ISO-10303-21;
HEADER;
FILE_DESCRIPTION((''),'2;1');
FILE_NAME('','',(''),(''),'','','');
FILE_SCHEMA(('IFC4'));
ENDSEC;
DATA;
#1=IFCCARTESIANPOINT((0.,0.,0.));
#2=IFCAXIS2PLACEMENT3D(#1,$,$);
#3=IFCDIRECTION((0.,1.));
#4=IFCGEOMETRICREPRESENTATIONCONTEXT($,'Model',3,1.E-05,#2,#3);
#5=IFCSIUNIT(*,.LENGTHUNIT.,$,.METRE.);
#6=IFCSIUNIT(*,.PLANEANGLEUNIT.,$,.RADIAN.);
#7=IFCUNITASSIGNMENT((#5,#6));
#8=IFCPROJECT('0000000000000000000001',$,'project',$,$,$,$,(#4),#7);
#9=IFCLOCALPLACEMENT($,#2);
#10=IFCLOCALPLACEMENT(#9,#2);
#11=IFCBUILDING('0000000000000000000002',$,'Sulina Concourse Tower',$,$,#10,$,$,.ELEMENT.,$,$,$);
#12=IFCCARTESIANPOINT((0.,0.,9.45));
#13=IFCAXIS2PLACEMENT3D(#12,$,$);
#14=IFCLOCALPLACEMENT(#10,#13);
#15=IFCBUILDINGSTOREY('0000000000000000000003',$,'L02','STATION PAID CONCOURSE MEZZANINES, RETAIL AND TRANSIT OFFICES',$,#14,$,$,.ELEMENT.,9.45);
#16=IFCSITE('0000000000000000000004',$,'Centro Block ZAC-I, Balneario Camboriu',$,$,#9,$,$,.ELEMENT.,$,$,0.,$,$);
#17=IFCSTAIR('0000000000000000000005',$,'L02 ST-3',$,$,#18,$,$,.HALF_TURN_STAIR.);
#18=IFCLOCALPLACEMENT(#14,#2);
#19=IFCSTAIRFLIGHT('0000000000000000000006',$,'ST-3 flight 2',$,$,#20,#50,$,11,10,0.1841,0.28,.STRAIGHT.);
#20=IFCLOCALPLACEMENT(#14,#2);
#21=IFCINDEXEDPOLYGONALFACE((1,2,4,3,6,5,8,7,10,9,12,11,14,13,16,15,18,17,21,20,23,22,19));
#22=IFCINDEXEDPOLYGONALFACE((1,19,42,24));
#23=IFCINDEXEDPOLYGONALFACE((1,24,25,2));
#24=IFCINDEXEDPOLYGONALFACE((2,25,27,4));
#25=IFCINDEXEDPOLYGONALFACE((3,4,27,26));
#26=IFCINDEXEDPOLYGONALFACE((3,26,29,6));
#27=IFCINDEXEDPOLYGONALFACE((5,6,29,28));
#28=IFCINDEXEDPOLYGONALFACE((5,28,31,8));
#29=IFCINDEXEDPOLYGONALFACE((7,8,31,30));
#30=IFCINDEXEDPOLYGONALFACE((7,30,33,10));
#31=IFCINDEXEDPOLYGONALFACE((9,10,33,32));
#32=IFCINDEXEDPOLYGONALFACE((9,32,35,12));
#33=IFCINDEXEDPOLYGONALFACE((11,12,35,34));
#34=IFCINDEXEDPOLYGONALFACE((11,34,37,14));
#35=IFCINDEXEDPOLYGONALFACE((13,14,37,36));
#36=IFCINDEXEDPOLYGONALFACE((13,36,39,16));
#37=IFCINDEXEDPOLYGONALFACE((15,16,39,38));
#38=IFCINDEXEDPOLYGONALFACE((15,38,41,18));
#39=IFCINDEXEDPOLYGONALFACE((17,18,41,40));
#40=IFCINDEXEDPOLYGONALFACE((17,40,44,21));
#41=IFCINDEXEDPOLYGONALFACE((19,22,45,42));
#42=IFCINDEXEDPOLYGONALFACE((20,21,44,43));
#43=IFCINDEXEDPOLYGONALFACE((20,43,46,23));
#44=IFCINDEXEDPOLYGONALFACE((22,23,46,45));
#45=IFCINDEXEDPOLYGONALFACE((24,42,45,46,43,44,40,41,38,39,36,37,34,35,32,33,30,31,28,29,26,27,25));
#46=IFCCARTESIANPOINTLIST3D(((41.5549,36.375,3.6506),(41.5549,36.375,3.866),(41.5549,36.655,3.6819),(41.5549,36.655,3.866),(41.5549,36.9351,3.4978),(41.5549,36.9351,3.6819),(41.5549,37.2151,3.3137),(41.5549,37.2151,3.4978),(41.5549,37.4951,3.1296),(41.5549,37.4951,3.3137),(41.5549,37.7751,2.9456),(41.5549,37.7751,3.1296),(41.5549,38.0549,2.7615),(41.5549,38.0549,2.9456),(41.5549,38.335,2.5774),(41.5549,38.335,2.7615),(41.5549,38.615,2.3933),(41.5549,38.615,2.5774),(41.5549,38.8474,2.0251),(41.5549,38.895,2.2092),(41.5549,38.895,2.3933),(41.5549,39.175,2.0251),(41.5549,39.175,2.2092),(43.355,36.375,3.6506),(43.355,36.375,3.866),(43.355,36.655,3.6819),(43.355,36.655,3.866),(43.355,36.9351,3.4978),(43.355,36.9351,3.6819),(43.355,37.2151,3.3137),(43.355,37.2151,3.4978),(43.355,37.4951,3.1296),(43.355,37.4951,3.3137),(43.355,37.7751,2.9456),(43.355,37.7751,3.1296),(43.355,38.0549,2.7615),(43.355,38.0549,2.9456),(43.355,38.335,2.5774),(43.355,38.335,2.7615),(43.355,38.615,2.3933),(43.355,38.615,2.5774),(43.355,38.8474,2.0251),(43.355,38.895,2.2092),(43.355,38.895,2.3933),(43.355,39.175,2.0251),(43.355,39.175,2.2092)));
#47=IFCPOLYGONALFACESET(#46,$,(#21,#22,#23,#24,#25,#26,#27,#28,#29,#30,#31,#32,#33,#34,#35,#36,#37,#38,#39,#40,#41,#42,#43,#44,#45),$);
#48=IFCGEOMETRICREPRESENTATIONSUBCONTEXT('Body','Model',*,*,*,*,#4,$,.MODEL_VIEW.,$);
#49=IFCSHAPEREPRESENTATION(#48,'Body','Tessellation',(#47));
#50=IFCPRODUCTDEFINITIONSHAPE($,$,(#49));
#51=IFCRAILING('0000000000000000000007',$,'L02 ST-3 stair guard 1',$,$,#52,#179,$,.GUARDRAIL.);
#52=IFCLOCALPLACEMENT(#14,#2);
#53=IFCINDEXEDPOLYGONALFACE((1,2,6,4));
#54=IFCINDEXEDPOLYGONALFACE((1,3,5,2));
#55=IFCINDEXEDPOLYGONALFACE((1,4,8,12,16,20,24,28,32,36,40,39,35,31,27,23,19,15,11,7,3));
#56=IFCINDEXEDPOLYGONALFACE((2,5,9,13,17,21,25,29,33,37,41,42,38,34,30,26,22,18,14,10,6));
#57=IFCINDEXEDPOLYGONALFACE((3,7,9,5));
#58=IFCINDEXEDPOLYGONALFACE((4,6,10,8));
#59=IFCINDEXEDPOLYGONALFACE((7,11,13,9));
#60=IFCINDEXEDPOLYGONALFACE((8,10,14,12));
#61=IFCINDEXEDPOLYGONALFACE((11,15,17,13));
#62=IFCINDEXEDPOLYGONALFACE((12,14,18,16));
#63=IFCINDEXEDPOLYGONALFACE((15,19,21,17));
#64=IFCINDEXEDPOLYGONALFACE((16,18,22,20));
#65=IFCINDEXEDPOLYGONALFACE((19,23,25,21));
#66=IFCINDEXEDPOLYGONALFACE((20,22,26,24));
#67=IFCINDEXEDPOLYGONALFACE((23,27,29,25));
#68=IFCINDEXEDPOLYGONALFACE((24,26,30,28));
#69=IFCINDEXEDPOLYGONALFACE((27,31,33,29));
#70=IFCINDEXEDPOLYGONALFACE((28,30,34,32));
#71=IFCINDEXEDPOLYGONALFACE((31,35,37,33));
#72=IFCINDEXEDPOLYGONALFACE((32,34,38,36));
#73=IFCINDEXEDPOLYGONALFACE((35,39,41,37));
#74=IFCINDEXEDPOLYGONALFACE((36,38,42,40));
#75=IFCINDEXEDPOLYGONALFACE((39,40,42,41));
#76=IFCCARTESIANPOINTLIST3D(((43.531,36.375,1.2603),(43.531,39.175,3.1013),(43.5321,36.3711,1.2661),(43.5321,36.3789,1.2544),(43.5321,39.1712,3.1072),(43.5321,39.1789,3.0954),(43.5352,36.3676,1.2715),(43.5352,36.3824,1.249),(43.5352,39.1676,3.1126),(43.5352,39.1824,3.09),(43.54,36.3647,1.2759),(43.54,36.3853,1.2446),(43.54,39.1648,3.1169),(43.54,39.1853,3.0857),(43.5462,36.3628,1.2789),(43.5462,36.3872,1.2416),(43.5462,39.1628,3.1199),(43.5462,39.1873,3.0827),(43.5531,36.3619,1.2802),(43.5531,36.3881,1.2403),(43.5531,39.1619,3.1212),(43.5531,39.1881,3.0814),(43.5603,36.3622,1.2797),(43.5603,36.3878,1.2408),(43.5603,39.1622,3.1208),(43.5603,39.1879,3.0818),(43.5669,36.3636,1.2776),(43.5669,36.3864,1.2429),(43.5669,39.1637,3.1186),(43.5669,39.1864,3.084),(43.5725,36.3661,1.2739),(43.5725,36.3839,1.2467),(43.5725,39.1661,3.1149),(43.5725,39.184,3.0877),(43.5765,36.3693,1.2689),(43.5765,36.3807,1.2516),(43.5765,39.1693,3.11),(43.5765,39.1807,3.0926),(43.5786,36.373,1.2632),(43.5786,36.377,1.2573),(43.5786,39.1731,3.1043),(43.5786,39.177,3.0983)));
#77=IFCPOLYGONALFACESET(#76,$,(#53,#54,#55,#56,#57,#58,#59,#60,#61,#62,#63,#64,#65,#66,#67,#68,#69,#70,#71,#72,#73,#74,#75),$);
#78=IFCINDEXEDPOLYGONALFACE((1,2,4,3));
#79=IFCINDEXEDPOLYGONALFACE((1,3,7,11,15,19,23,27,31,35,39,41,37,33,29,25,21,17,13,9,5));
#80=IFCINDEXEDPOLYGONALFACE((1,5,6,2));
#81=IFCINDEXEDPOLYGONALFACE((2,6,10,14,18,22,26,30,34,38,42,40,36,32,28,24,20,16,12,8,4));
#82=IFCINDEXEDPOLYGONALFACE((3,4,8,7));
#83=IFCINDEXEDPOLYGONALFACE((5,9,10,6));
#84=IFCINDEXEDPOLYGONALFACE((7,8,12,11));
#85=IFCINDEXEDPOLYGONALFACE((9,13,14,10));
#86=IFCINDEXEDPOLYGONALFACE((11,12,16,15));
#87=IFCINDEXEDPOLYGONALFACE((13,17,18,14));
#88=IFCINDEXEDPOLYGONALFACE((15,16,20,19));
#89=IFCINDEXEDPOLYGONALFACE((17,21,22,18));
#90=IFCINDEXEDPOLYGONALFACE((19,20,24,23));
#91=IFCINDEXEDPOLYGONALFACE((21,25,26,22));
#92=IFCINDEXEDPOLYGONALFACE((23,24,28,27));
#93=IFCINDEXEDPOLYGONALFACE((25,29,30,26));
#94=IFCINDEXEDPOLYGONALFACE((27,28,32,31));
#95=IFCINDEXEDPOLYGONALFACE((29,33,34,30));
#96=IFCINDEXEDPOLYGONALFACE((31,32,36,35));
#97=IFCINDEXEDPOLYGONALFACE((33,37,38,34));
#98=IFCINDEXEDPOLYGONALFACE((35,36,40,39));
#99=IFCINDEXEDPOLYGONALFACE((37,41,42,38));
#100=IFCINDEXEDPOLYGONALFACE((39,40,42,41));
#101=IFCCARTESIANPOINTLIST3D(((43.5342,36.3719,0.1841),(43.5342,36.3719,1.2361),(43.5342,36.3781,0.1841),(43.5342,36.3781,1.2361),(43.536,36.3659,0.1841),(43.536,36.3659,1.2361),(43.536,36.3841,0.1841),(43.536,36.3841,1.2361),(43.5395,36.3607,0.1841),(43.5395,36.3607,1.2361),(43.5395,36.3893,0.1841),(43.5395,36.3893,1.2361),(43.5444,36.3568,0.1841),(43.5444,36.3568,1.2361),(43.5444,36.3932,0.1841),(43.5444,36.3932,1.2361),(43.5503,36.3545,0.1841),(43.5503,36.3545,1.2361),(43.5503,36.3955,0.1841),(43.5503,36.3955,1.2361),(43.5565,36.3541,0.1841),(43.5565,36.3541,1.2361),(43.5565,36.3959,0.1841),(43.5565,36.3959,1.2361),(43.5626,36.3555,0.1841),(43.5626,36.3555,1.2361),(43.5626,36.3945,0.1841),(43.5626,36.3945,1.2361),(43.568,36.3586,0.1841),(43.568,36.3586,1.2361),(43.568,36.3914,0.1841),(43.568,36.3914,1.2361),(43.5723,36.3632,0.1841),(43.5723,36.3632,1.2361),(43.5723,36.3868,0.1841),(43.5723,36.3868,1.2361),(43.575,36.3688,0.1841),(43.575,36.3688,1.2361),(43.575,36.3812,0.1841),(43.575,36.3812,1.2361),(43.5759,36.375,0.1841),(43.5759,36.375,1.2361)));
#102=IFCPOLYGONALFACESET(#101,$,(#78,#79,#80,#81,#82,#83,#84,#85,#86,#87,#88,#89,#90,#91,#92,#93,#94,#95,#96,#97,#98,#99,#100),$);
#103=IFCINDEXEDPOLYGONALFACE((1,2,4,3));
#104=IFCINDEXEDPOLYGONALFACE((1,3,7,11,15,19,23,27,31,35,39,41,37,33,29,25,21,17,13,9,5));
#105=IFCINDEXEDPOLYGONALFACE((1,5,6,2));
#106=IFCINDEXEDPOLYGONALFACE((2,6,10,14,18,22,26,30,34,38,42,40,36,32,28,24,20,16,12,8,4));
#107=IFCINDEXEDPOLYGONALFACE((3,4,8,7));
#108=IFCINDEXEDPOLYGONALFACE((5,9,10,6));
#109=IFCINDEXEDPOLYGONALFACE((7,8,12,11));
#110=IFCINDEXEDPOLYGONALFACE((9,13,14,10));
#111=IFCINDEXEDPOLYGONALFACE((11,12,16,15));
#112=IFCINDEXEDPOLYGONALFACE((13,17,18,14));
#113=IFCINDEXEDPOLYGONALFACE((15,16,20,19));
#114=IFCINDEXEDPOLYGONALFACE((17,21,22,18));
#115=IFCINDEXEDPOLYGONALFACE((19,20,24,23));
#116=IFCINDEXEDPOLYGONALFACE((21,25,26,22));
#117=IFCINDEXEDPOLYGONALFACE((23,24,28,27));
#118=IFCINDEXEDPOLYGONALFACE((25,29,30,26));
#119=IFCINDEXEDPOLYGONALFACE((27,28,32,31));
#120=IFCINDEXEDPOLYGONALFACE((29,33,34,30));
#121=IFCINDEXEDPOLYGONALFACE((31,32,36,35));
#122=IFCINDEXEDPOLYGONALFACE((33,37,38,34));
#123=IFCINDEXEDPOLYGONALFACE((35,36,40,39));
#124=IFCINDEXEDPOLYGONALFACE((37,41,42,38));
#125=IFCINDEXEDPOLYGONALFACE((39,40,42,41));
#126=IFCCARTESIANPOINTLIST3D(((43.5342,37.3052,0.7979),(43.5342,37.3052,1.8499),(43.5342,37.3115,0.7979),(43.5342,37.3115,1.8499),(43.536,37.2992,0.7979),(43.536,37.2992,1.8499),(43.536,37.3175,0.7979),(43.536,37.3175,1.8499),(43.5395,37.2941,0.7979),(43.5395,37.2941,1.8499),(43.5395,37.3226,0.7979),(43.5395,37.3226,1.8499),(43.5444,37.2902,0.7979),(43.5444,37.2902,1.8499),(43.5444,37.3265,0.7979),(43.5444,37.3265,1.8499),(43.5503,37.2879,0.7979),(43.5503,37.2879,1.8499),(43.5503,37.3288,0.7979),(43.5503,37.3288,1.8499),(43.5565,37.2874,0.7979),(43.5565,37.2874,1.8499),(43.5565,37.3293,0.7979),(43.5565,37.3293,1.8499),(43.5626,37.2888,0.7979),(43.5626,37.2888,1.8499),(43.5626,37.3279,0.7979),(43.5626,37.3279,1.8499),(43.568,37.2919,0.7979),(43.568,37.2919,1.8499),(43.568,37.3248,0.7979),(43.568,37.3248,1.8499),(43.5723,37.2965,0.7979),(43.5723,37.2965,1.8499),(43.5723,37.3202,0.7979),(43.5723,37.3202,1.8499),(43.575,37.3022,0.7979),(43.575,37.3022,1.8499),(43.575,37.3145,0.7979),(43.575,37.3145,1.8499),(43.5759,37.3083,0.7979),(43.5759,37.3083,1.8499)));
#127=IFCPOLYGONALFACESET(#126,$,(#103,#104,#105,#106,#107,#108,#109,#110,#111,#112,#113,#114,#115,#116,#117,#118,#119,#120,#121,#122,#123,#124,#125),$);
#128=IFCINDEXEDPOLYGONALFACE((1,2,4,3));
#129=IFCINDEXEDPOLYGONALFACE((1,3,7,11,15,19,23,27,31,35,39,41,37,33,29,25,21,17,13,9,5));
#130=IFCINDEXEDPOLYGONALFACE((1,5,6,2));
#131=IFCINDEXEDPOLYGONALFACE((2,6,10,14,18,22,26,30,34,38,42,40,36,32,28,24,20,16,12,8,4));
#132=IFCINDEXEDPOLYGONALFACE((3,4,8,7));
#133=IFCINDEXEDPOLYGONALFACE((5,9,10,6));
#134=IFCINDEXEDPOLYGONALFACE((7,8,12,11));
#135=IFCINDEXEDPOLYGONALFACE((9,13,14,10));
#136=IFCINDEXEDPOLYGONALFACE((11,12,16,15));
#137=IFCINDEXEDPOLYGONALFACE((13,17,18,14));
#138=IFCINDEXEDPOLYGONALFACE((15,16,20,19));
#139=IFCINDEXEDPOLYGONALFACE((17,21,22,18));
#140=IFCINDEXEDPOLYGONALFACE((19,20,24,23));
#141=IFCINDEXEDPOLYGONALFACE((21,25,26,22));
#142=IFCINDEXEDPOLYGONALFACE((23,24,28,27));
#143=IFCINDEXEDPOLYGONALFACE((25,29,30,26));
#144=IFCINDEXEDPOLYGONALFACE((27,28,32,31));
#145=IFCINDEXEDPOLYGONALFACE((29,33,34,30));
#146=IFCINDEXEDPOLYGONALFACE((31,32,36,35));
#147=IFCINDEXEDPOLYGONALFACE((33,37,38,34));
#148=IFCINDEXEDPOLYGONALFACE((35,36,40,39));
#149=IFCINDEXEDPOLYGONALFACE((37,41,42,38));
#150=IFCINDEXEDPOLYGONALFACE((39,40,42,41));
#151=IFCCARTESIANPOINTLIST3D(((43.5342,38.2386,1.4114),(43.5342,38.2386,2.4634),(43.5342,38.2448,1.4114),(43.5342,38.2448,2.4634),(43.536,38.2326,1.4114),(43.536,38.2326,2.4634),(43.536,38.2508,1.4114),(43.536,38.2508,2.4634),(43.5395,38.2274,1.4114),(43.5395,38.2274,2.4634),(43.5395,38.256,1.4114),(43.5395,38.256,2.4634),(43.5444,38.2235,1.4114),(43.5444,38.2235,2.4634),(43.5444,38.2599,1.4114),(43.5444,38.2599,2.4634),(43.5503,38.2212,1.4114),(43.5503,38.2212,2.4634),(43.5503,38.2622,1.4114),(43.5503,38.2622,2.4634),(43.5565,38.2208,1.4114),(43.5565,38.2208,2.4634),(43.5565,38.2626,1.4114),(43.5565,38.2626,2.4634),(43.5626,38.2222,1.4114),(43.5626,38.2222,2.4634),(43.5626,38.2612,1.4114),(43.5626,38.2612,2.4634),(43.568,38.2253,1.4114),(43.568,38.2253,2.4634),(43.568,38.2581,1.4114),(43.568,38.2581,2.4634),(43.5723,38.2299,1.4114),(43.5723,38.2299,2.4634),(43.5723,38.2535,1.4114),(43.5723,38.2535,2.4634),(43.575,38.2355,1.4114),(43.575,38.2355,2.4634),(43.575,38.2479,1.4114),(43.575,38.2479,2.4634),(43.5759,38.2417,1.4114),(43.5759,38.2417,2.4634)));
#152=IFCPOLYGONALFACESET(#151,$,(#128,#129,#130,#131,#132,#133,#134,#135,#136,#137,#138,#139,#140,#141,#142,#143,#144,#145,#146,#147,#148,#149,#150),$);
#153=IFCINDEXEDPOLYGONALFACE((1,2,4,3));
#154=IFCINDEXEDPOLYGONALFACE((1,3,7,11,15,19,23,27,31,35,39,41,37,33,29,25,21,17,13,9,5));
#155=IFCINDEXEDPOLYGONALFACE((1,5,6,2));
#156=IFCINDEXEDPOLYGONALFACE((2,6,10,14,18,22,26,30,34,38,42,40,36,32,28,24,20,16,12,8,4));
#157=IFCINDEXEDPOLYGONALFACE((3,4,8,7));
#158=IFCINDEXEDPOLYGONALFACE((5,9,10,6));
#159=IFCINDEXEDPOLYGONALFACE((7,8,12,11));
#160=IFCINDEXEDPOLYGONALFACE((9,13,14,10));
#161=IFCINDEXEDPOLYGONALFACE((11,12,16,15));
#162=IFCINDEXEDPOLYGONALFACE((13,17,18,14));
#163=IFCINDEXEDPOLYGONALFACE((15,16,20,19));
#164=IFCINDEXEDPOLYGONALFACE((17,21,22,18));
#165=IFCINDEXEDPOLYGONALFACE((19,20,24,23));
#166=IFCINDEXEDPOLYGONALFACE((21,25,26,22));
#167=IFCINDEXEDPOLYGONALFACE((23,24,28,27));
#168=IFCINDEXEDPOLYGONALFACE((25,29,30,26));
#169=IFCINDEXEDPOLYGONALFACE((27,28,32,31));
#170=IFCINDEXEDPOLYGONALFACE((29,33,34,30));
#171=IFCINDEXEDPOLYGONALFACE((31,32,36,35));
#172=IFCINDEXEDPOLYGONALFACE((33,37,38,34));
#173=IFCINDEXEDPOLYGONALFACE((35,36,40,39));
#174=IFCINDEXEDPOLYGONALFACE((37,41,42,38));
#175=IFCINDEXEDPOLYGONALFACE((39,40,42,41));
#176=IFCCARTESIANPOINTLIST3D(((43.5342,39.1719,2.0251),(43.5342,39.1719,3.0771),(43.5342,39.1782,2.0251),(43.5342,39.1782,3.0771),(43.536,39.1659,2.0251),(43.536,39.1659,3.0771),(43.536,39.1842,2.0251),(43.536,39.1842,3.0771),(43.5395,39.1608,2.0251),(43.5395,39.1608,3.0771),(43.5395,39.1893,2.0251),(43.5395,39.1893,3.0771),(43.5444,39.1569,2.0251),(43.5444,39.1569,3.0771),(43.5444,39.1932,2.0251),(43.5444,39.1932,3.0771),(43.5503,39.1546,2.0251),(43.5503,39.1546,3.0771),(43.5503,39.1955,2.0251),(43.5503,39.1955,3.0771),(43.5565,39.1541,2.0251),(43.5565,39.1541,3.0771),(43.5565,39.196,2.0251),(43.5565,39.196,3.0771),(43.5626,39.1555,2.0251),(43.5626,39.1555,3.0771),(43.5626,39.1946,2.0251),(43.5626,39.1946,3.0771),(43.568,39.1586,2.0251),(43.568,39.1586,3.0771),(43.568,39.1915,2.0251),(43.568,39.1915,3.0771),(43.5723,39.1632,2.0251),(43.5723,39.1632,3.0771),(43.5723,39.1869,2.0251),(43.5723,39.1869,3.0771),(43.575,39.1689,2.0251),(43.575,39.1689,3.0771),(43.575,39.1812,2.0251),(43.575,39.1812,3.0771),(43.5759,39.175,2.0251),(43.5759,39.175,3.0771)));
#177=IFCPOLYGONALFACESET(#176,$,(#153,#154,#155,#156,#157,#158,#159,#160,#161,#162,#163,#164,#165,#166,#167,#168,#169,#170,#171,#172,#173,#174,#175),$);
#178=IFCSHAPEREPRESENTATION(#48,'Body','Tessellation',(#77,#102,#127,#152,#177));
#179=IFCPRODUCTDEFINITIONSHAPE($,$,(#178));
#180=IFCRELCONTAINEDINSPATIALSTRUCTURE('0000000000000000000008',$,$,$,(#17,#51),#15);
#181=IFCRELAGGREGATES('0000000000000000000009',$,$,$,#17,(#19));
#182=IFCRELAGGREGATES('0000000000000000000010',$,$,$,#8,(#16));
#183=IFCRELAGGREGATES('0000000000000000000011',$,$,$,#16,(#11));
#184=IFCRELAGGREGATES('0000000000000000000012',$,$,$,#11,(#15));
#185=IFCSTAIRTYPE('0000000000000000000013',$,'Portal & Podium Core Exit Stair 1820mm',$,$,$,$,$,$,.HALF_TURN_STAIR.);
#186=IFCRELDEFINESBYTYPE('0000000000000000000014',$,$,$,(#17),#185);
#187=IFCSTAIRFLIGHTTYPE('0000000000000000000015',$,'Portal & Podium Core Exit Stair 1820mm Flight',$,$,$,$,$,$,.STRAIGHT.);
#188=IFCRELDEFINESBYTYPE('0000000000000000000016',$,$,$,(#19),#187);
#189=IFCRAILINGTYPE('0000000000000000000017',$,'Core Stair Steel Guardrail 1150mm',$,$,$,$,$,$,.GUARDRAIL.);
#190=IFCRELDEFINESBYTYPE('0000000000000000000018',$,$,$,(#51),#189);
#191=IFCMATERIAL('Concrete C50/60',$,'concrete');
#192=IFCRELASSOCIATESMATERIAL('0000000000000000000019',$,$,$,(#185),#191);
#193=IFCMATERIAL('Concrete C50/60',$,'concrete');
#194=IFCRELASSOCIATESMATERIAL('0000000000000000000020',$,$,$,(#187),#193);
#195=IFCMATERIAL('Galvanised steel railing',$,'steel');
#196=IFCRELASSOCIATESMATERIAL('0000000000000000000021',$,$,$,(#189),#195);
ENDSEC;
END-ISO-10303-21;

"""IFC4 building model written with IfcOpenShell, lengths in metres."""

from ifc_helpers import new_model, si_unit, direction, frame, origin, origin_2d, place, context, subcontext, project, spatial, polyline, circle, outline, extrude, material, type_object, element, aggregate, save


model = new_model("IFC4")

# Units and contexts
model_context = context("Model", 3, precision=1e-05, world=origin(), true_north=direction((0.0, 1.0)))
body_context = subcontext(model_context, "Body", "Model", "MODEL_VIEW")
ifc_project = project(units=[si_unit("LENGTHUNIT", "METRE"), si_unit("PLANEANGLEUNIT", "RADIAN")], contexts=[model_context])

# Site, building, storey
site_placement = place(None, origin())
site = spatial("IfcSite", under=ifc_project, at=site_placement, Name="Centro Block ZAC-I, Balneario Camboriu", CompositionType="ELEMENT", RefElevation=0.0)
building_placement = place(site_placement, origin())
building = spatial("IfcBuilding", under=site, at=building_placement, Name="Sulina Concourse Tower", CompositionType="ELEMENT")
storey_placement = place(building_placement, frame((0.0, 0.0, 9.45)))
storey = spatial("IfcBuildingStorey", under=building, at=storey_placement, Name="L02", Description="STATION PAID CONCOURSE MEZZANINES, RETAIL AND TRANSIT OFFICES", CompositionType="ELEMENT", Elevation=9.45)

# Stair, stair flight
ifc_material_1 = material(Name="Concrete C50/60", Category="concrete")
stair_type = type_object("IfcStairType", Name="Portal & Podium Core Exit Stair 1820mm", PredefinedType="HALF_TURN_STAIR", material=ifc_material_1)
stair_placement = place(storey_placement, origin())
stair = element("IfcStair", 1, at=stair_placement, inside=storey, type_object=stair_type, Name="L02 ST-3", PredefinedType="HALF_TURN_STAIR")
ifc_material_2 = material(Name="Concrete C50/60", Category="concrete")
stair_flight_type = type_object("IfcStairFlightType", Name="Portal & Podium Core Exit Stair 1820mm Flight", PredefinedType="STRAIGHT", material=ifc_material_2)
stair_flight_1_placement = place(storey_placement, frame((42.4551, 39.175, 2.0251), z_axis=(0.0, 0.0, 1.0), x_axis=(0.0, -1.0, 0.0)))
stair_flight_1 = element("IfcStairFlight", 2, at=stair_flight_1_placement, type_object=stair_flight_type, Name="ST-3 flight 2", NumberOfRisers=11, NumberOfTreads=10, PredefinedType="STRAIGHT", RiserHeight=0.1841, TreadLength=0.28, context=body_context, shape_type="SweptSolid", body=[
    extrude(outline(polyline([(0.0, 0.0), (0.0, 0.1841), (0.28, 0.1841), (0.28, 0.3682), (0.5601, 0.3682), (0.5601, 0.5522), (0.8401, 0.5522), (0.8401, 0.7363), (1.1201, 0.7363), (1.1201, 0.9204), (1.3999, 0.9204), (1.3999, 1.1045), (1.6799, 1.1045), (1.6799, 1.2886), (1.96, 1.2886), (1.96, 1.4727), (2.24, 1.4727), (2.24, 1.6567), (2.52, 1.6567), (2.52, 1.8408), (2.8, 1.8408), (2.8, 2.0249), (2.8, 1.6255), (0.3276, 0.0), (0.0, 0.0)])), frame((0.0, 0.8999, 0.0), z_axis=(0.0, -1.0, 0.0), x_axis=(1.0, 0.0, 0.0)), (0.0, 0.0, 1.0), 1.8),
])
aggregate(stair, [stair_flight_1])

# Railing
ifc_material_3 = material(Name="Galvanised steel railing", Category="steel")
railing_type_1 = type_object("IfcRailingType", Name="Core Stair Steel Guardrail 1150mm", PredefinedType="GUARDRAIL", material=ifc_material_3)
railing_1_placement = place(storey_placement, frame((43.5549, 36.375, 0.1841)))
element("IfcRailing", 3, at=railing_1_placement, inside=storey, type_object=railing_type_1, Name="L02 ST-3 stair guard 1", PredefinedType="GUARDRAIL", context=body_context, shape_type="SweptSolid", body=[
    extrude(circle(Radius=0.0239, at=origin_2d()), frame((0.0, 0.0, 1.0762), z_axis=(0.0, 0.835564, 0.549393), x_axis=(-1.0, 0.0, 0.0)), (0.0, 0.0, 1.0), 3.3511),
    extrude(circle(Radius=0.021, at=origin_2d()), origin(), (0.0, 0.0, 1.0), 1.052),
    extrude(circle(Radius=0.021, at=origin_2d()), frame((0.0, 0.9333, 0.6138)), (0.0, 0.0, 1.0), 1.052),
    extrude(circle(Radius=0.021, at=origin_2d()), frame((0.0, 1.8667, 1.2273)), (0.0, 0.0, 1.0), 1.052),
    extrude(circle(Radius=0.021, at=origin_2d()), frame((0.0, 2.8, 1.8411)), (0.0, 0.0, 1.0), 1.052),
])

save(model, "model.ifc")
